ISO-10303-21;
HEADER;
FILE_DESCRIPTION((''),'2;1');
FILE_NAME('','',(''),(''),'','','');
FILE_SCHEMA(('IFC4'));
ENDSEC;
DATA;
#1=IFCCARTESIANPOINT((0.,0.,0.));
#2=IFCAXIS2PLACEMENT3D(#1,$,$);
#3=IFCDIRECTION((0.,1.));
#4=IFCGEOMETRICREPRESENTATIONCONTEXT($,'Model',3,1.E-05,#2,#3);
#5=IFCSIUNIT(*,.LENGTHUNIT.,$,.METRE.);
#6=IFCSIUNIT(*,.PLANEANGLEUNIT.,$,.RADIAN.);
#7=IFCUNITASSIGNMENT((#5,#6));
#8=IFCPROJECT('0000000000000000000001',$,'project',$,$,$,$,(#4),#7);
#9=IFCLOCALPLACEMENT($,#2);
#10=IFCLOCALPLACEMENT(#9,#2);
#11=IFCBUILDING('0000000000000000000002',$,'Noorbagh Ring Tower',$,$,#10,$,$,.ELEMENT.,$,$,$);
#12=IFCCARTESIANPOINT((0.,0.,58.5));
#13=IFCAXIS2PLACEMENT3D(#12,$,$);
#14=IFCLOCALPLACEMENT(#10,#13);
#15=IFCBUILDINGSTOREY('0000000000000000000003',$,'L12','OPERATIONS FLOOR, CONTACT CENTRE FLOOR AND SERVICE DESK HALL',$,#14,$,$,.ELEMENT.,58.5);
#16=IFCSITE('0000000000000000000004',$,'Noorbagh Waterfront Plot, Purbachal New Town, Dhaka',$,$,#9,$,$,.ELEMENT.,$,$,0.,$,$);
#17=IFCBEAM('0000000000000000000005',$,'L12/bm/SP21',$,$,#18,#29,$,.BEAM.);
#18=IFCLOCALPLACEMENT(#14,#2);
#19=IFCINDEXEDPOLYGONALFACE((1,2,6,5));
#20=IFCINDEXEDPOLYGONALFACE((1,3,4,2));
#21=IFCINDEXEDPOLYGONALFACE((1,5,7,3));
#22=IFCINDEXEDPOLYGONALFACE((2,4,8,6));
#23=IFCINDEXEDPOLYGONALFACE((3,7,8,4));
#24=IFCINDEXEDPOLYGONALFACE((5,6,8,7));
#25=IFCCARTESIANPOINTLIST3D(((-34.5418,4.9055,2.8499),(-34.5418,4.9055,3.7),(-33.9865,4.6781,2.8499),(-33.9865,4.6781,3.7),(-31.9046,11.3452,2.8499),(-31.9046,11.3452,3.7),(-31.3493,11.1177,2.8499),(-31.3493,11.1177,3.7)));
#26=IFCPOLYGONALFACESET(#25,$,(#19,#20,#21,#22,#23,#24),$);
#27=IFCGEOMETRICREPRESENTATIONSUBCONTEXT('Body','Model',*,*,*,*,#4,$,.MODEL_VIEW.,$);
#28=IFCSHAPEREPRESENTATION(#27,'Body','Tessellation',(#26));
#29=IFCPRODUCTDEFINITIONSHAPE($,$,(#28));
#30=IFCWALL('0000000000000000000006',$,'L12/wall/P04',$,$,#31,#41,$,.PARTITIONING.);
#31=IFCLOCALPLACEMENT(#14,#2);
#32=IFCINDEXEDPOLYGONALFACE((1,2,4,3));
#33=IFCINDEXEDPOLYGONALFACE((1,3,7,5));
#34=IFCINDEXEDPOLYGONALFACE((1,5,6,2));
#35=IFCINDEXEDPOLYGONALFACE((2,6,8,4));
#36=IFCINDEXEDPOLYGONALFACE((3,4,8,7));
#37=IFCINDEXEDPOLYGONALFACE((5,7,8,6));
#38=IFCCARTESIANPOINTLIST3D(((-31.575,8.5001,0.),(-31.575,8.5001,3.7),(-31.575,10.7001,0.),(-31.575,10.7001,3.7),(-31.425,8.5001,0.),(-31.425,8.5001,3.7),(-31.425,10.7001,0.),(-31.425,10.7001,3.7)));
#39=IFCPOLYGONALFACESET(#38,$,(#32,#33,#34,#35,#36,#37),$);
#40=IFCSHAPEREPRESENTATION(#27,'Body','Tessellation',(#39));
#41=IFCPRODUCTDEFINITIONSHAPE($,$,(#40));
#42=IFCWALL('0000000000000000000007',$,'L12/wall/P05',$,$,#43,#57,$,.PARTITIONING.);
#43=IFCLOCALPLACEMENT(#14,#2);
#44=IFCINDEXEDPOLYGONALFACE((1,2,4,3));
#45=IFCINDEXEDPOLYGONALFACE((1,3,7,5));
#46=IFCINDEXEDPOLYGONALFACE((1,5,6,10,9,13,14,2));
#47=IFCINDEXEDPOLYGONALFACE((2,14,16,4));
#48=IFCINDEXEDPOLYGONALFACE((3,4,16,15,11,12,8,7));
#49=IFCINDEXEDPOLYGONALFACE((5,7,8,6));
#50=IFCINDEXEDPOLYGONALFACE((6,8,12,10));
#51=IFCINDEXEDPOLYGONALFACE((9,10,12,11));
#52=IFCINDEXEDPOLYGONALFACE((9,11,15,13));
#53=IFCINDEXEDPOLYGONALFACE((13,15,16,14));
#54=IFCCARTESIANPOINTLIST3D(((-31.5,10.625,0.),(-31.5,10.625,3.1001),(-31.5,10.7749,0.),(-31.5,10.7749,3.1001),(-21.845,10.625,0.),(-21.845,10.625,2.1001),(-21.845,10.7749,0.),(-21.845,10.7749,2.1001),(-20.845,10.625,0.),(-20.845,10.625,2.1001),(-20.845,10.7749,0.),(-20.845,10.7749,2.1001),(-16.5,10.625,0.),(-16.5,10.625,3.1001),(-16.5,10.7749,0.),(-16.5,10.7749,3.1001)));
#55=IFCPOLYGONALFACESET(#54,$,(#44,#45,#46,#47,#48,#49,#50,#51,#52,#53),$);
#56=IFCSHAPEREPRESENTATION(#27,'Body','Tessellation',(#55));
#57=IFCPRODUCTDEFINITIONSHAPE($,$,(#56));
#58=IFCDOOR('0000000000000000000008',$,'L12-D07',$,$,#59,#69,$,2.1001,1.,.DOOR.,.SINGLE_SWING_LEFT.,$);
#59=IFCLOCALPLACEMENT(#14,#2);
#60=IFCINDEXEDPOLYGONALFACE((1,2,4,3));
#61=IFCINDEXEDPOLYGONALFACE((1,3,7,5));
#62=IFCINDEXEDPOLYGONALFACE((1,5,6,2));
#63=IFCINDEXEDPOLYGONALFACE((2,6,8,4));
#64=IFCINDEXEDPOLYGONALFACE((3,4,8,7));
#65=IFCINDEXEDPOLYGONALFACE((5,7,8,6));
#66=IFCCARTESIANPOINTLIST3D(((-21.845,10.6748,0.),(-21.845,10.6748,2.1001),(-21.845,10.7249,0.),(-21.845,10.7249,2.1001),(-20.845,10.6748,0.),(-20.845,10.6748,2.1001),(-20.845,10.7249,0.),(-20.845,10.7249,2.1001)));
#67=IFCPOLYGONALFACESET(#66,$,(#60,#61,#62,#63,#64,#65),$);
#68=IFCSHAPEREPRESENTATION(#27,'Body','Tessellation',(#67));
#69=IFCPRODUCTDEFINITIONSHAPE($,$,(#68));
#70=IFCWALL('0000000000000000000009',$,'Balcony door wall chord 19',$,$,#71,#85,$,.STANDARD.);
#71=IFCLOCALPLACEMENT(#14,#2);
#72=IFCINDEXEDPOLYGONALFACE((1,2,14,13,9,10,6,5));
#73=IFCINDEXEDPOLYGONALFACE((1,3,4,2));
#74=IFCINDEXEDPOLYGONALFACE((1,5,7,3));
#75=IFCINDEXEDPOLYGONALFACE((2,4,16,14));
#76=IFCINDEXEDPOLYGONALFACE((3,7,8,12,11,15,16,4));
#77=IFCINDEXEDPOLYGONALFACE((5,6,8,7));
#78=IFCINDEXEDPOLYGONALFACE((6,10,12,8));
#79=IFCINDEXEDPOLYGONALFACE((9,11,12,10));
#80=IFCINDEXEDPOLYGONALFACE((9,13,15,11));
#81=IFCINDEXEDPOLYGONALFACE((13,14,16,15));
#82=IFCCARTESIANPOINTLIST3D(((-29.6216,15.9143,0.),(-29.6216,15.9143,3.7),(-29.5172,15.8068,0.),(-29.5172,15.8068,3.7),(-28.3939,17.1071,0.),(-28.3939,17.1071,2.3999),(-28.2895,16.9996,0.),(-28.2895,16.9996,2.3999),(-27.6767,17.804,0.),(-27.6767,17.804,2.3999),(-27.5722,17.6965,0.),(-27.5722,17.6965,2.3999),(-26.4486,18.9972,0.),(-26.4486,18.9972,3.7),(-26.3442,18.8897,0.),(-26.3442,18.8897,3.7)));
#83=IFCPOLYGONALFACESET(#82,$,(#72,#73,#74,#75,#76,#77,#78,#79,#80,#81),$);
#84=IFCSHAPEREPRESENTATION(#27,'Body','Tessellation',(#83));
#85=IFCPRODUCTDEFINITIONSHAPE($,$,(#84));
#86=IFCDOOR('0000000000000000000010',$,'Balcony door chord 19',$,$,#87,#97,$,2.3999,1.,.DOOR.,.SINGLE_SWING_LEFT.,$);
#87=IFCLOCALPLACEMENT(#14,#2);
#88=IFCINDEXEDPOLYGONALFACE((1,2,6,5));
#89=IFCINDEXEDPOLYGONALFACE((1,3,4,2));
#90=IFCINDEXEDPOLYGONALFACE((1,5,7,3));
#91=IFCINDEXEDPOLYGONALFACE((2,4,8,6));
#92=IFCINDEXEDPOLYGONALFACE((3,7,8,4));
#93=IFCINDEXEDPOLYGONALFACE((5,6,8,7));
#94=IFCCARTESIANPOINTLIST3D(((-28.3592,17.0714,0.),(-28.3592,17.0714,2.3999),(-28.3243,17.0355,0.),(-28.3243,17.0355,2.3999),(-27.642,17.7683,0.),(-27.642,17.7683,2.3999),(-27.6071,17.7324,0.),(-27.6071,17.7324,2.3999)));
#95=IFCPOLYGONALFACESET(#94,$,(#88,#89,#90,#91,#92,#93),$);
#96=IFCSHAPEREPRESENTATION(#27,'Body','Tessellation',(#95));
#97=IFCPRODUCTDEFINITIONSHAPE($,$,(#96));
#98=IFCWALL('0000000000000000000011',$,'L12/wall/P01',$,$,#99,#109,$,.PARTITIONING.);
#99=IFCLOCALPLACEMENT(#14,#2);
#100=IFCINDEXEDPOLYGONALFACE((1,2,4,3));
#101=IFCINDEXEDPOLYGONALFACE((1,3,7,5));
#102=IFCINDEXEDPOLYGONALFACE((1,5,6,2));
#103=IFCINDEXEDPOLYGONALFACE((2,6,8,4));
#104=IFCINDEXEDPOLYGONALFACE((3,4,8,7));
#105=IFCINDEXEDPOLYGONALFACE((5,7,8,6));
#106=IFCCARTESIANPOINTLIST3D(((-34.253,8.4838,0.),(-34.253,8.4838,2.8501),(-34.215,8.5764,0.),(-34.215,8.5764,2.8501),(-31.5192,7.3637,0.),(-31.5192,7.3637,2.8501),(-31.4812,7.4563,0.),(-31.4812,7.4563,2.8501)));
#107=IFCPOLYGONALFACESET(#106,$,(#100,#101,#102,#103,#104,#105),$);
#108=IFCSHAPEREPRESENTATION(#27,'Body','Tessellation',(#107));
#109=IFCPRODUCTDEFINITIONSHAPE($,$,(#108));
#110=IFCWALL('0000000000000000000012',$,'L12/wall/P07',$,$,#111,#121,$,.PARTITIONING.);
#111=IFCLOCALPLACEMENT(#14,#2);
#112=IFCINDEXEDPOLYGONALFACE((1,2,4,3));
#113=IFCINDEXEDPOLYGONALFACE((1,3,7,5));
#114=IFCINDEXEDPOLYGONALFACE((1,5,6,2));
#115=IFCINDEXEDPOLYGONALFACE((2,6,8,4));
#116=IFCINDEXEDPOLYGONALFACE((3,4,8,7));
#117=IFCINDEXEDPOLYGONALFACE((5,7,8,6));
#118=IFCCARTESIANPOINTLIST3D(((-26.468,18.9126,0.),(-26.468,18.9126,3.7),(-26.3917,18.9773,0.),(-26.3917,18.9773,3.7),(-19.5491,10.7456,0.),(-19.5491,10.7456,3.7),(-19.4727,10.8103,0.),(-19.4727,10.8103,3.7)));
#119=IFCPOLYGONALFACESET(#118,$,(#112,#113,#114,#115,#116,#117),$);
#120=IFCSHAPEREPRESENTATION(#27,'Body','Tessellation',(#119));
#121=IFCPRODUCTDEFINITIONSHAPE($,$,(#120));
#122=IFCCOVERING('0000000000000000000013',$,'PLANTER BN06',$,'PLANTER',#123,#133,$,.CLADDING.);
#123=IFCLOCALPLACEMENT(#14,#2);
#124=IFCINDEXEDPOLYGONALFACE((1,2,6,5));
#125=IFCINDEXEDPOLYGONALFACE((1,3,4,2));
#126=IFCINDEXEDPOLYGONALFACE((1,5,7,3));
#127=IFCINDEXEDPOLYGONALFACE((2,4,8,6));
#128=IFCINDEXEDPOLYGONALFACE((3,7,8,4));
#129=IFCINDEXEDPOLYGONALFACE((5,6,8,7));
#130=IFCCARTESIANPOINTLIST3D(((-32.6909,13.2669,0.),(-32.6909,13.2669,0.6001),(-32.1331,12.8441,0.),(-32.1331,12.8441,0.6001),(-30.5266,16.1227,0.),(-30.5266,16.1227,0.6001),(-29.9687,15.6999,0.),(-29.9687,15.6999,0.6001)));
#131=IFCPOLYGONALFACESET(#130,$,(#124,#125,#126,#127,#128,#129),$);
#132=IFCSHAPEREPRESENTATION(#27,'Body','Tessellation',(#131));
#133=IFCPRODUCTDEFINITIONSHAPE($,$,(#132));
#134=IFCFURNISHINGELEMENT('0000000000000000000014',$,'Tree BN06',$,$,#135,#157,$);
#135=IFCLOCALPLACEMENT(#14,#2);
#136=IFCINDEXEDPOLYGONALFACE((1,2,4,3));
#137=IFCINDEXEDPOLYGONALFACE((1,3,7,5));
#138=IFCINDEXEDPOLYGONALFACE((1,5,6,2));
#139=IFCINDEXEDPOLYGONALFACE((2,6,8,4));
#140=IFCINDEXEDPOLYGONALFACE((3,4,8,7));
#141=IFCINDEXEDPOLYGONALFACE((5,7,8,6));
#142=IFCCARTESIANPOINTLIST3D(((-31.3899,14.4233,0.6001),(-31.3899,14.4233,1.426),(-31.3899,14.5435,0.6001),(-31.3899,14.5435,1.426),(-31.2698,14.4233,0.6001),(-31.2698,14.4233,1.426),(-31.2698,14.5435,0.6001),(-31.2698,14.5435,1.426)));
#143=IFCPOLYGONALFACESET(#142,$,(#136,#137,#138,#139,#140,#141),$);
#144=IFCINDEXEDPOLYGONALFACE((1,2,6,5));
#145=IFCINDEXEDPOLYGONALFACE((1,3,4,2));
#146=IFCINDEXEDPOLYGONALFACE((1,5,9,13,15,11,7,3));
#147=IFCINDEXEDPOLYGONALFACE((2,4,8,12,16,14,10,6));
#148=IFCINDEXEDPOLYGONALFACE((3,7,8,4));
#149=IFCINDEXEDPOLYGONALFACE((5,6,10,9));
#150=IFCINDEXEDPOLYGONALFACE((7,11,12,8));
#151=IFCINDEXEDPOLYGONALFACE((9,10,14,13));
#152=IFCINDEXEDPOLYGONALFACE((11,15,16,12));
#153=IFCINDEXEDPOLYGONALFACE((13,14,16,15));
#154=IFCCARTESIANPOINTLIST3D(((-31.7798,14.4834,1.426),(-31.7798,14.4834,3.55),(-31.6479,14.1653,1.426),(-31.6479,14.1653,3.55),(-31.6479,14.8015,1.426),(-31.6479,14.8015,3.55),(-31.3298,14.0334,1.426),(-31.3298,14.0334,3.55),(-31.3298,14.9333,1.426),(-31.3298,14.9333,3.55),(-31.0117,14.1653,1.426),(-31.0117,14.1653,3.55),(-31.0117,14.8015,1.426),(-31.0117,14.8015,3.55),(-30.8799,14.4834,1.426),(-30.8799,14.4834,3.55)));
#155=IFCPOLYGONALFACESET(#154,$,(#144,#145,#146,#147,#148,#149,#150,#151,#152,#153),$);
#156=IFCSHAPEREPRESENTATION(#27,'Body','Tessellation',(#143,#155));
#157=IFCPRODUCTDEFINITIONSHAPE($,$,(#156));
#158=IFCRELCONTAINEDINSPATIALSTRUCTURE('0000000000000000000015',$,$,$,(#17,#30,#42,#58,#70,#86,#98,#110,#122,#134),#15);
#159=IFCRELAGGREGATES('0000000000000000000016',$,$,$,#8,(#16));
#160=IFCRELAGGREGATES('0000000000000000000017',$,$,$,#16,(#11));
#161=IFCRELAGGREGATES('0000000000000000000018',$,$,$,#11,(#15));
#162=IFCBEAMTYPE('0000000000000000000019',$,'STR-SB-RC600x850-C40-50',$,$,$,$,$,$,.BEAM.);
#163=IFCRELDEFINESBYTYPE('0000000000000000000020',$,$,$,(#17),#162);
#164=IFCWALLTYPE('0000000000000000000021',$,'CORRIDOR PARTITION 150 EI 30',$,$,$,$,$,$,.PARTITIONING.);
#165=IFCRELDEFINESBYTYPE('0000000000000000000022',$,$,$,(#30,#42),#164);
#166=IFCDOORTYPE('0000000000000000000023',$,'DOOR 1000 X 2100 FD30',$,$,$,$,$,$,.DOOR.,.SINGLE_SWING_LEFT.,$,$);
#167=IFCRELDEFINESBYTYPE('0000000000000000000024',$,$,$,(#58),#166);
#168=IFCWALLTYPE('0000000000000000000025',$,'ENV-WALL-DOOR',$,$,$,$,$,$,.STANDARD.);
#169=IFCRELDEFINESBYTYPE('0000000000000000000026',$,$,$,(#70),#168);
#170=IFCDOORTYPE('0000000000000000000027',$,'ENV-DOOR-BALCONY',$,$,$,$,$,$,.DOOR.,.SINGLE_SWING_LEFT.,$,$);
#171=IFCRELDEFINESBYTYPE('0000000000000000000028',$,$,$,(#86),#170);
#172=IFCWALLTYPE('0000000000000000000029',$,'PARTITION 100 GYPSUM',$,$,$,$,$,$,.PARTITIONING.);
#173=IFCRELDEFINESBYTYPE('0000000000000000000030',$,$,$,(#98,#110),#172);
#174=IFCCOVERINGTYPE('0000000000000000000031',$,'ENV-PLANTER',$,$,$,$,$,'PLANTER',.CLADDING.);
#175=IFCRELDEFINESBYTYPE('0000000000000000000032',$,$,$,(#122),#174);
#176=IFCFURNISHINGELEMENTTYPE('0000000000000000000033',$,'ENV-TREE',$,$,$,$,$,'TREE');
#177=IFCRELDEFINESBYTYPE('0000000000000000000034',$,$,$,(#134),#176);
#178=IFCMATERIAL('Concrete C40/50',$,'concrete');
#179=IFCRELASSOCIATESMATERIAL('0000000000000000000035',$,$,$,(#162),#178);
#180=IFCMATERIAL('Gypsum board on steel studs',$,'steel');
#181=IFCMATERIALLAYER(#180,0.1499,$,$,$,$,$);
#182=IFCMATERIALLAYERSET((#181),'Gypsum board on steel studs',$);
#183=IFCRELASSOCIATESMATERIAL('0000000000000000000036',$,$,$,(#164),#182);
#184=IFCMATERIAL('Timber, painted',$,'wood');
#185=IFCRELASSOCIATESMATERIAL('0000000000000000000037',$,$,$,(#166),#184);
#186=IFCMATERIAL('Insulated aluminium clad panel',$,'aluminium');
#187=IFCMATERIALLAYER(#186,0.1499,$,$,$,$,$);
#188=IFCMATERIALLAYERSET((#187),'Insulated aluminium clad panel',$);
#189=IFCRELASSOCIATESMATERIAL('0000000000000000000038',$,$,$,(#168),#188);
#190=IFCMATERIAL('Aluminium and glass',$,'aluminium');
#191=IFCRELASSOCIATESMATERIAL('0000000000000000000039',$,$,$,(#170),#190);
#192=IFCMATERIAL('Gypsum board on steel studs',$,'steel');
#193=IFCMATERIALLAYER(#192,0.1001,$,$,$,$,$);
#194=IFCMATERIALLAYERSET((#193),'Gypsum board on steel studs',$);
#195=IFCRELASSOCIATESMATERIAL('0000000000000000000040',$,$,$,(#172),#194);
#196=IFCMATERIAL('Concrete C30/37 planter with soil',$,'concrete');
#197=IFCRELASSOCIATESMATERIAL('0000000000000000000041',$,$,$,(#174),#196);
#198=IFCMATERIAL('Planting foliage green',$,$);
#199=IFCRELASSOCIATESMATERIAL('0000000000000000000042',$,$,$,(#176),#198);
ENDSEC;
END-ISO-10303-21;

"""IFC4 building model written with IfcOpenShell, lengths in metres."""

from ifc_helpers import new_model, si_unit, direction, frame, frame_2d, origin, origin_2d, place, context, subcontext, project, spatial, polyline, rectangle, outline, extrude, material, layer, layer_set, material_profile, profile_set, type_object, element, fill, save


model = new_model("IFC4")

# Units and contexts
model_context = context("Model", 3, precision=1e-05, world=origin(), true_north=direction((0.0, 1.0)))
body_context = subcontext(model_context, "Body", "Model", "MODEL_VIEW")
ifc_project = project(units=[si_unit("LENGTHUNIT", "METRE"), si_unit("PLANEANGLEUNIT", "RADIAN")], contexts=[model_context])

# Site, building, storey
site_placement = place(None, origin())
site = spatial("IfcSite", under=ifc_project, at=site_placement, Name="Noorbagh Waterfront Plot, Purbachal New Town, Dhaka", CompositionType="ELEMENT", RefElevation=0.0)
building_placement = place(site_placement, origin())
building = spatial("IfcBuilding", under=site, at=building_placement, Name="Noorbagh Ring Tower", CompositionType="ELEMENT")
storey_placement = place(building_placement, frame((0.0, 0.0, 58.5)))
storey = spatial("IfcBuildingStorey", under=building, at=storey_placement, Name="L12", Description="OPERATIONS FLOOR, CONTACT CENTRE FLOOR AND SERVICE DESK HALL", CompositionType="ELEMENT", Elevation=58.5)

# Beam
ifc_material_1 = material(Name="Concrete C40/50", Category="concrete")
ifc_material_profile_1 = material_profile(ifc_material_1, rectangle(XDim=0.6001, YDim=0.8501, at=origin_2d()), Name="RC600x850")
ifc_profile_set_1 = profile_set([ifc_material_profile_1], Name="Concrete C40/50")
beam_type_1 = type_object("IfcBeamType", Name="STR-SB-RC600x850-C40-50", PredefinedType="BEAM", material=ifc_profile_set_1)
beam_1_placement = place(storey_placement, frame((-31.627, 11.2314, 3.2749), z_axis=(-0.378976, -0.925407, 0.0), x_axis=(0.925407, -0.378976, 0.0)))
element("IfcBeam", 1, at=beam_1_placement, inside=storey, type_object=beam_type_1, Name="L12/bm/SP21", PredefinedType="BEAM", context=body_context, shape_type="SweptSolid", body=[
    extrude(rectangle(XDim=0.6001, YDim=0.8501, at=origin_2d()), origin(), (0.0, 0.0, 1.0), 6.9587),
])

# Wall
ifc_material_2 = material(Name="Gypsum board on steel studs", Category="steel")
ifc_layer_1 = layer(ifc_material_2, 0.1499)
ifc_layer_set_1 = layer_set([ifc_layer_1], Name="Gypsum board on steel studs")
wall_type_1 = type_object("IfcWallType", Name="CORRIDOR PARTITION 150 EI 30", PredefinedType="PARTITIONING", material=ifc_layer_set_1)
wall_1_placement = place(storey_placement, frame((-31.5, 8.5, 0.0), z_axis=(0.0, 0.0, 1.0), x_axis=(0.0, 1.0, 0.0)))
element("IfcWall", 2, at=wall_1_placement, inside=storey, type_object=wall_type_1, Name="L12/wall/P04", PredefinedType="PARTITIONING", context=body_context, shape_type="SweptSolid", body=[
    extrude(rectangle(XDim=2.2, YDim=0.1499, at=frame_2d((1.1001, 0.0))), origin(), (0.0, 0.0, 1.0), 3.7),
])

# Walls, openings, doors
wall_2_placement = place(storey_placement, frame((-31.5, 10.7, 0.0), z_axis=(0.0, 0.0, 1.0), x_axis=(1.0, 0.0, 0.0)))
wall_2 = element("IfcWall", 3, at=wall_2_placement, inside=storey, type_object=wall_type_1, Name="L12/wall/P05", PredefinedType="PARTITIONING", context=body_context, shape_type="SweptSolid", body=[
    extrude(rectangle(XDim=15.0, YDim=0.1499, at=frame_2d((7.5, 0.0))), origin(), (0.0, 0.0, 1.0), 3.1001),
])
opening_1_placement = place(wall_2_placement, frame((9.655, 0.0, 0.0)))
opening_1 = element("IfcOpeningElement", 4, at=opening_1_placement, cuts=wall_2, PredefinedType="OPENING", context=body_context, shape_type="SweptSolid", body=[
    extrude(rectangle(XDim=1.0, YDim=2.1001, at=frame_2d((0.5, 1.05))), frame((0.0, 0.085, 0.0), z_axis=(0.0, -1.0, 0.0), x_axis=(1.0, 0.0, 0.0)), (0.0, 0.0, 1.0), 0.1699),
])
ifc_material_3 = material(Name="Timber, painted", Category="wood")
door_type_1 = type_object("IfcDoorType", Name="DOOR 1000 X 2100 FD30", OperationType="SINGLE_SWING_LEFT", PredefinedType="DOOR", material=ifc_material_3)
door_1_placement = place(opening_1_placement, origin())
door_1 = element("IfcDoor", 5, at=door_1_placement, inside=storey, type_object=door_type_1, Name="L12-D07", OperationType="SINGLE_SWING_LEFT", OverallHeight=2.1001, OverallWidth=1.0, PredefinedType="DOOR", context=body_context, shape_type="SweptSolid", body=[
    extrude(rectangle(XDim=1.0, YDim=2.1001, at=frame_2d((0.5, 1.05))), frame((0.0, 0.0249, 0.0), z_axis=(0.0, -1.0, 0.0), x_axis=(1.0, 0.0, 0.0)), (0.0, 0.0, 1.0), 0.05),
])
fill(opening_1, door_1)
ifc_material_4 = material(Name="Insulated aluminium clad panel", Category="aluminium")
ifc_layer_2 = layer(ifc_material_4, 0.1499)
ifc_layer_set_2 = layer_set([ifc_layer_2], Name="Insulated aluminium clad panel")
wall_type_2 = type_object("IfcWallType", Name="ENV-WALL-DOOR", PredefinedType="STANDARD", material=ifc_layer_set_2)
wall_3_placement = place(storey_placement, frame((-26.3965, 18.9434, 0.0), z_axis=(0.0, 0.0, 1.0), x_axis=(-0.717215, -0.696852, 0.0)))
wall_3 = element("IfcWall", 6, at=wall_3_placement, inside=storey, type_object=wall_type_2, Name="Balcony door wall chord 19", PredefinedType="STANDARD", context=body_context, shape_type="SweptSolid", body=[
    extrude(rectangle(XDim=4.4241, YDim=0.1499, at=frame_2d((2.2119, 0.0))), origin(), (0.0, 0.0, 1.0), 3.7),
])
opening_2_placement = place(wall_3_placement, frame((1.7122, 0.0, 0.0)))
opening_2 = element("IfcOpeningElement", 7, at=opening_2_placement, cuts=wall_3, PredefinedType="OPENING", context=body_context, shape_type="SweptSolid", body=[
    extrude(rectangle(XDim=1.0, YDim=2.3999, at=frame_2d((0.5, 1.2))), frame((0.0, 0.085, 0.0), z_axis=(0.0, -1.0, 0.0), x_axis=(1.0, 0.0, 0.0)), (0.0, 0.0, 1.0), 0.1699),
])
ifc_material_5 = material(Name="Aluminium and glass", Category="aluminium")
door_type_2 = type_object("IfcDoorType", Name="ENV-DOOR-BALCONY", OperationType="SINGLE_SWING_LEFT", PredefinedType="DOOR", material=ifc_material_5)
door_2_placement = place(opening_2_placement, origin())
door_2 = element("IfcDoor", 8, at=door_2_placement, inside=storey, type_object=door_type_2, Name="Balcony door chord 19", OperationType="SINGLE_SWING_LEFT", OverallHeight=2.3999, OverallWidth=1.0, PredefinedType="DOOR", context=body_context, shape_type="SweptSolid", body=[
    extrude(rectangle(XDim=1.0, YDim=2.3999, at=frame_2d((0.5, 1.2))), frame((0.0, 0.0249, 0.0), z_axis=(0.0, -1.0, 0.0), x_axis=(1.0, 0.0, 0.0)), (0.0, 0.0, 1.0), 0.05),
])
fill(opening_2, door_2)

# Walls
ifc_material_6 = material(Name="Gypsum board on steel studs", Category="steel")
ifc_layer_3 = layer(ifc_material_6, 0.1001)
ifc_layer_set_3 = layer_set([ifc_layer_3], Name="Gypsum board on steel studs")
wall_type_3 = type_object("IfcWallType", Name="PARTITION 100 GYPSUM", PredefinedType="PARTITIONING", material=ifc_layer_set_3)
wall_4_placement = place(storey_placement, frame((-34.2339, 8.53, 0.0), z_axis=(0.0, 0.0, 1.0), x_axis=(0.925344, -0.379128, 0.0)))
element("IfcWall", 9, at=wall_4_placement, inside=storey, type_object=wall_type_3, Name="L12/wall/P01", PredefinedType="PARTITIONING", context=body_context, shape_type="SweptSolid", body=[
    extrude(rectangle(XDim=2.9543, YDim=0.1001, at=frame_2d((1.4771, 0.0))), origin(), (0.0, 0.0, 1.0), 2.8501),
])
wall_5_placement = place(storey_placement, frame((-26.4299, 18.9451, 0.0), z_axis=(0.0, 0.0, 1.0), x_axis=(0.6464, -0.762999, 0.0)))
element("IfcWall", 10, at=wall_5_placement, inside=storey, type_object=wall_type_3, Name="L12/wall/P07", PredefinedType="PARTITIONING", context=body_context, shape_type="SweptSolid", body=[
    extrude(rectangle(XDim=10.7039, YDim=0.1001, at=frame_2d((5.3521, 0.0))), origin(), (0.0, 0.0, 1.0), 3.7),
])

# Covering
ifc_material_7 = material(Name="Concrete C30/37 planter with soil", Category="concrete")
covering_type = type_object("IfcCoveringType", Name="ENV-PLANTER", ElementType="PLANTER", PredefinedType="CLADDING", material=ifc_material_7)
covering_placement = place(storey_placement, frame((-31.3298, 14.4834, 0.0), z_axis=(0.0, 0.0, 1.0), x_axis=(-0.60402, -0.796969, 0.0)))
element("IfcCovering", 11, at=covering_placement, inside=storey, type_object=covering_type, Name="PLANTER BN06", ObjectType="PLANTER", PredefinedType="CLADDING", context=body_context, shape_type="SweptSolid", body=[
    extrude(rectangle(XDim=3.5833, YDim=0.7, at=origin_2d()), origin(), (0.0, 0.0, 1.0), 0.6001),
])

# Furnishing element
ifc_material_8 = material(Name="Planting foliage green")
furnishing_element_type = type_object("IfcFurnishingElementType", Name="ENV-TREE", ElementType="TREE", material=ifc_material_8)
furnishing_placement = place(storey_placement, frame((-31.3298, 14.4834, 0.6001), z_axis=(0.0, 0.0, 1.0), x_axis=(1.0, 0.0, 0.0)))
element("IfcFurnishingElement", 12, at=furnishing_placement, inside=storey, type_object=furnishing_element_type, Name="Tree BN06", context=body_context, shape_type="SweptSolid", body=[
    extrude(rectangle(XDim=0.1201, YDim=0.1201, at=origin_2d()), origin(), (0.0, 0.0, 1.0), 0.8259),
    extrude(outline(polyline([(0.45, 0.0), (0.3181, 0.3181), (0.0, 0.45), (-0.3181, 0.3181), (-0.45, 0.0), (-0.3181, -0.3181), (0.0, -0.45), (0.3181, -0.3181), (0.45, 0.0)])), frame((0.0, 0.0, 0.8259)), (0.0, 0.0, 1.0), 2.124),
])

save(model, "model.ifc")
